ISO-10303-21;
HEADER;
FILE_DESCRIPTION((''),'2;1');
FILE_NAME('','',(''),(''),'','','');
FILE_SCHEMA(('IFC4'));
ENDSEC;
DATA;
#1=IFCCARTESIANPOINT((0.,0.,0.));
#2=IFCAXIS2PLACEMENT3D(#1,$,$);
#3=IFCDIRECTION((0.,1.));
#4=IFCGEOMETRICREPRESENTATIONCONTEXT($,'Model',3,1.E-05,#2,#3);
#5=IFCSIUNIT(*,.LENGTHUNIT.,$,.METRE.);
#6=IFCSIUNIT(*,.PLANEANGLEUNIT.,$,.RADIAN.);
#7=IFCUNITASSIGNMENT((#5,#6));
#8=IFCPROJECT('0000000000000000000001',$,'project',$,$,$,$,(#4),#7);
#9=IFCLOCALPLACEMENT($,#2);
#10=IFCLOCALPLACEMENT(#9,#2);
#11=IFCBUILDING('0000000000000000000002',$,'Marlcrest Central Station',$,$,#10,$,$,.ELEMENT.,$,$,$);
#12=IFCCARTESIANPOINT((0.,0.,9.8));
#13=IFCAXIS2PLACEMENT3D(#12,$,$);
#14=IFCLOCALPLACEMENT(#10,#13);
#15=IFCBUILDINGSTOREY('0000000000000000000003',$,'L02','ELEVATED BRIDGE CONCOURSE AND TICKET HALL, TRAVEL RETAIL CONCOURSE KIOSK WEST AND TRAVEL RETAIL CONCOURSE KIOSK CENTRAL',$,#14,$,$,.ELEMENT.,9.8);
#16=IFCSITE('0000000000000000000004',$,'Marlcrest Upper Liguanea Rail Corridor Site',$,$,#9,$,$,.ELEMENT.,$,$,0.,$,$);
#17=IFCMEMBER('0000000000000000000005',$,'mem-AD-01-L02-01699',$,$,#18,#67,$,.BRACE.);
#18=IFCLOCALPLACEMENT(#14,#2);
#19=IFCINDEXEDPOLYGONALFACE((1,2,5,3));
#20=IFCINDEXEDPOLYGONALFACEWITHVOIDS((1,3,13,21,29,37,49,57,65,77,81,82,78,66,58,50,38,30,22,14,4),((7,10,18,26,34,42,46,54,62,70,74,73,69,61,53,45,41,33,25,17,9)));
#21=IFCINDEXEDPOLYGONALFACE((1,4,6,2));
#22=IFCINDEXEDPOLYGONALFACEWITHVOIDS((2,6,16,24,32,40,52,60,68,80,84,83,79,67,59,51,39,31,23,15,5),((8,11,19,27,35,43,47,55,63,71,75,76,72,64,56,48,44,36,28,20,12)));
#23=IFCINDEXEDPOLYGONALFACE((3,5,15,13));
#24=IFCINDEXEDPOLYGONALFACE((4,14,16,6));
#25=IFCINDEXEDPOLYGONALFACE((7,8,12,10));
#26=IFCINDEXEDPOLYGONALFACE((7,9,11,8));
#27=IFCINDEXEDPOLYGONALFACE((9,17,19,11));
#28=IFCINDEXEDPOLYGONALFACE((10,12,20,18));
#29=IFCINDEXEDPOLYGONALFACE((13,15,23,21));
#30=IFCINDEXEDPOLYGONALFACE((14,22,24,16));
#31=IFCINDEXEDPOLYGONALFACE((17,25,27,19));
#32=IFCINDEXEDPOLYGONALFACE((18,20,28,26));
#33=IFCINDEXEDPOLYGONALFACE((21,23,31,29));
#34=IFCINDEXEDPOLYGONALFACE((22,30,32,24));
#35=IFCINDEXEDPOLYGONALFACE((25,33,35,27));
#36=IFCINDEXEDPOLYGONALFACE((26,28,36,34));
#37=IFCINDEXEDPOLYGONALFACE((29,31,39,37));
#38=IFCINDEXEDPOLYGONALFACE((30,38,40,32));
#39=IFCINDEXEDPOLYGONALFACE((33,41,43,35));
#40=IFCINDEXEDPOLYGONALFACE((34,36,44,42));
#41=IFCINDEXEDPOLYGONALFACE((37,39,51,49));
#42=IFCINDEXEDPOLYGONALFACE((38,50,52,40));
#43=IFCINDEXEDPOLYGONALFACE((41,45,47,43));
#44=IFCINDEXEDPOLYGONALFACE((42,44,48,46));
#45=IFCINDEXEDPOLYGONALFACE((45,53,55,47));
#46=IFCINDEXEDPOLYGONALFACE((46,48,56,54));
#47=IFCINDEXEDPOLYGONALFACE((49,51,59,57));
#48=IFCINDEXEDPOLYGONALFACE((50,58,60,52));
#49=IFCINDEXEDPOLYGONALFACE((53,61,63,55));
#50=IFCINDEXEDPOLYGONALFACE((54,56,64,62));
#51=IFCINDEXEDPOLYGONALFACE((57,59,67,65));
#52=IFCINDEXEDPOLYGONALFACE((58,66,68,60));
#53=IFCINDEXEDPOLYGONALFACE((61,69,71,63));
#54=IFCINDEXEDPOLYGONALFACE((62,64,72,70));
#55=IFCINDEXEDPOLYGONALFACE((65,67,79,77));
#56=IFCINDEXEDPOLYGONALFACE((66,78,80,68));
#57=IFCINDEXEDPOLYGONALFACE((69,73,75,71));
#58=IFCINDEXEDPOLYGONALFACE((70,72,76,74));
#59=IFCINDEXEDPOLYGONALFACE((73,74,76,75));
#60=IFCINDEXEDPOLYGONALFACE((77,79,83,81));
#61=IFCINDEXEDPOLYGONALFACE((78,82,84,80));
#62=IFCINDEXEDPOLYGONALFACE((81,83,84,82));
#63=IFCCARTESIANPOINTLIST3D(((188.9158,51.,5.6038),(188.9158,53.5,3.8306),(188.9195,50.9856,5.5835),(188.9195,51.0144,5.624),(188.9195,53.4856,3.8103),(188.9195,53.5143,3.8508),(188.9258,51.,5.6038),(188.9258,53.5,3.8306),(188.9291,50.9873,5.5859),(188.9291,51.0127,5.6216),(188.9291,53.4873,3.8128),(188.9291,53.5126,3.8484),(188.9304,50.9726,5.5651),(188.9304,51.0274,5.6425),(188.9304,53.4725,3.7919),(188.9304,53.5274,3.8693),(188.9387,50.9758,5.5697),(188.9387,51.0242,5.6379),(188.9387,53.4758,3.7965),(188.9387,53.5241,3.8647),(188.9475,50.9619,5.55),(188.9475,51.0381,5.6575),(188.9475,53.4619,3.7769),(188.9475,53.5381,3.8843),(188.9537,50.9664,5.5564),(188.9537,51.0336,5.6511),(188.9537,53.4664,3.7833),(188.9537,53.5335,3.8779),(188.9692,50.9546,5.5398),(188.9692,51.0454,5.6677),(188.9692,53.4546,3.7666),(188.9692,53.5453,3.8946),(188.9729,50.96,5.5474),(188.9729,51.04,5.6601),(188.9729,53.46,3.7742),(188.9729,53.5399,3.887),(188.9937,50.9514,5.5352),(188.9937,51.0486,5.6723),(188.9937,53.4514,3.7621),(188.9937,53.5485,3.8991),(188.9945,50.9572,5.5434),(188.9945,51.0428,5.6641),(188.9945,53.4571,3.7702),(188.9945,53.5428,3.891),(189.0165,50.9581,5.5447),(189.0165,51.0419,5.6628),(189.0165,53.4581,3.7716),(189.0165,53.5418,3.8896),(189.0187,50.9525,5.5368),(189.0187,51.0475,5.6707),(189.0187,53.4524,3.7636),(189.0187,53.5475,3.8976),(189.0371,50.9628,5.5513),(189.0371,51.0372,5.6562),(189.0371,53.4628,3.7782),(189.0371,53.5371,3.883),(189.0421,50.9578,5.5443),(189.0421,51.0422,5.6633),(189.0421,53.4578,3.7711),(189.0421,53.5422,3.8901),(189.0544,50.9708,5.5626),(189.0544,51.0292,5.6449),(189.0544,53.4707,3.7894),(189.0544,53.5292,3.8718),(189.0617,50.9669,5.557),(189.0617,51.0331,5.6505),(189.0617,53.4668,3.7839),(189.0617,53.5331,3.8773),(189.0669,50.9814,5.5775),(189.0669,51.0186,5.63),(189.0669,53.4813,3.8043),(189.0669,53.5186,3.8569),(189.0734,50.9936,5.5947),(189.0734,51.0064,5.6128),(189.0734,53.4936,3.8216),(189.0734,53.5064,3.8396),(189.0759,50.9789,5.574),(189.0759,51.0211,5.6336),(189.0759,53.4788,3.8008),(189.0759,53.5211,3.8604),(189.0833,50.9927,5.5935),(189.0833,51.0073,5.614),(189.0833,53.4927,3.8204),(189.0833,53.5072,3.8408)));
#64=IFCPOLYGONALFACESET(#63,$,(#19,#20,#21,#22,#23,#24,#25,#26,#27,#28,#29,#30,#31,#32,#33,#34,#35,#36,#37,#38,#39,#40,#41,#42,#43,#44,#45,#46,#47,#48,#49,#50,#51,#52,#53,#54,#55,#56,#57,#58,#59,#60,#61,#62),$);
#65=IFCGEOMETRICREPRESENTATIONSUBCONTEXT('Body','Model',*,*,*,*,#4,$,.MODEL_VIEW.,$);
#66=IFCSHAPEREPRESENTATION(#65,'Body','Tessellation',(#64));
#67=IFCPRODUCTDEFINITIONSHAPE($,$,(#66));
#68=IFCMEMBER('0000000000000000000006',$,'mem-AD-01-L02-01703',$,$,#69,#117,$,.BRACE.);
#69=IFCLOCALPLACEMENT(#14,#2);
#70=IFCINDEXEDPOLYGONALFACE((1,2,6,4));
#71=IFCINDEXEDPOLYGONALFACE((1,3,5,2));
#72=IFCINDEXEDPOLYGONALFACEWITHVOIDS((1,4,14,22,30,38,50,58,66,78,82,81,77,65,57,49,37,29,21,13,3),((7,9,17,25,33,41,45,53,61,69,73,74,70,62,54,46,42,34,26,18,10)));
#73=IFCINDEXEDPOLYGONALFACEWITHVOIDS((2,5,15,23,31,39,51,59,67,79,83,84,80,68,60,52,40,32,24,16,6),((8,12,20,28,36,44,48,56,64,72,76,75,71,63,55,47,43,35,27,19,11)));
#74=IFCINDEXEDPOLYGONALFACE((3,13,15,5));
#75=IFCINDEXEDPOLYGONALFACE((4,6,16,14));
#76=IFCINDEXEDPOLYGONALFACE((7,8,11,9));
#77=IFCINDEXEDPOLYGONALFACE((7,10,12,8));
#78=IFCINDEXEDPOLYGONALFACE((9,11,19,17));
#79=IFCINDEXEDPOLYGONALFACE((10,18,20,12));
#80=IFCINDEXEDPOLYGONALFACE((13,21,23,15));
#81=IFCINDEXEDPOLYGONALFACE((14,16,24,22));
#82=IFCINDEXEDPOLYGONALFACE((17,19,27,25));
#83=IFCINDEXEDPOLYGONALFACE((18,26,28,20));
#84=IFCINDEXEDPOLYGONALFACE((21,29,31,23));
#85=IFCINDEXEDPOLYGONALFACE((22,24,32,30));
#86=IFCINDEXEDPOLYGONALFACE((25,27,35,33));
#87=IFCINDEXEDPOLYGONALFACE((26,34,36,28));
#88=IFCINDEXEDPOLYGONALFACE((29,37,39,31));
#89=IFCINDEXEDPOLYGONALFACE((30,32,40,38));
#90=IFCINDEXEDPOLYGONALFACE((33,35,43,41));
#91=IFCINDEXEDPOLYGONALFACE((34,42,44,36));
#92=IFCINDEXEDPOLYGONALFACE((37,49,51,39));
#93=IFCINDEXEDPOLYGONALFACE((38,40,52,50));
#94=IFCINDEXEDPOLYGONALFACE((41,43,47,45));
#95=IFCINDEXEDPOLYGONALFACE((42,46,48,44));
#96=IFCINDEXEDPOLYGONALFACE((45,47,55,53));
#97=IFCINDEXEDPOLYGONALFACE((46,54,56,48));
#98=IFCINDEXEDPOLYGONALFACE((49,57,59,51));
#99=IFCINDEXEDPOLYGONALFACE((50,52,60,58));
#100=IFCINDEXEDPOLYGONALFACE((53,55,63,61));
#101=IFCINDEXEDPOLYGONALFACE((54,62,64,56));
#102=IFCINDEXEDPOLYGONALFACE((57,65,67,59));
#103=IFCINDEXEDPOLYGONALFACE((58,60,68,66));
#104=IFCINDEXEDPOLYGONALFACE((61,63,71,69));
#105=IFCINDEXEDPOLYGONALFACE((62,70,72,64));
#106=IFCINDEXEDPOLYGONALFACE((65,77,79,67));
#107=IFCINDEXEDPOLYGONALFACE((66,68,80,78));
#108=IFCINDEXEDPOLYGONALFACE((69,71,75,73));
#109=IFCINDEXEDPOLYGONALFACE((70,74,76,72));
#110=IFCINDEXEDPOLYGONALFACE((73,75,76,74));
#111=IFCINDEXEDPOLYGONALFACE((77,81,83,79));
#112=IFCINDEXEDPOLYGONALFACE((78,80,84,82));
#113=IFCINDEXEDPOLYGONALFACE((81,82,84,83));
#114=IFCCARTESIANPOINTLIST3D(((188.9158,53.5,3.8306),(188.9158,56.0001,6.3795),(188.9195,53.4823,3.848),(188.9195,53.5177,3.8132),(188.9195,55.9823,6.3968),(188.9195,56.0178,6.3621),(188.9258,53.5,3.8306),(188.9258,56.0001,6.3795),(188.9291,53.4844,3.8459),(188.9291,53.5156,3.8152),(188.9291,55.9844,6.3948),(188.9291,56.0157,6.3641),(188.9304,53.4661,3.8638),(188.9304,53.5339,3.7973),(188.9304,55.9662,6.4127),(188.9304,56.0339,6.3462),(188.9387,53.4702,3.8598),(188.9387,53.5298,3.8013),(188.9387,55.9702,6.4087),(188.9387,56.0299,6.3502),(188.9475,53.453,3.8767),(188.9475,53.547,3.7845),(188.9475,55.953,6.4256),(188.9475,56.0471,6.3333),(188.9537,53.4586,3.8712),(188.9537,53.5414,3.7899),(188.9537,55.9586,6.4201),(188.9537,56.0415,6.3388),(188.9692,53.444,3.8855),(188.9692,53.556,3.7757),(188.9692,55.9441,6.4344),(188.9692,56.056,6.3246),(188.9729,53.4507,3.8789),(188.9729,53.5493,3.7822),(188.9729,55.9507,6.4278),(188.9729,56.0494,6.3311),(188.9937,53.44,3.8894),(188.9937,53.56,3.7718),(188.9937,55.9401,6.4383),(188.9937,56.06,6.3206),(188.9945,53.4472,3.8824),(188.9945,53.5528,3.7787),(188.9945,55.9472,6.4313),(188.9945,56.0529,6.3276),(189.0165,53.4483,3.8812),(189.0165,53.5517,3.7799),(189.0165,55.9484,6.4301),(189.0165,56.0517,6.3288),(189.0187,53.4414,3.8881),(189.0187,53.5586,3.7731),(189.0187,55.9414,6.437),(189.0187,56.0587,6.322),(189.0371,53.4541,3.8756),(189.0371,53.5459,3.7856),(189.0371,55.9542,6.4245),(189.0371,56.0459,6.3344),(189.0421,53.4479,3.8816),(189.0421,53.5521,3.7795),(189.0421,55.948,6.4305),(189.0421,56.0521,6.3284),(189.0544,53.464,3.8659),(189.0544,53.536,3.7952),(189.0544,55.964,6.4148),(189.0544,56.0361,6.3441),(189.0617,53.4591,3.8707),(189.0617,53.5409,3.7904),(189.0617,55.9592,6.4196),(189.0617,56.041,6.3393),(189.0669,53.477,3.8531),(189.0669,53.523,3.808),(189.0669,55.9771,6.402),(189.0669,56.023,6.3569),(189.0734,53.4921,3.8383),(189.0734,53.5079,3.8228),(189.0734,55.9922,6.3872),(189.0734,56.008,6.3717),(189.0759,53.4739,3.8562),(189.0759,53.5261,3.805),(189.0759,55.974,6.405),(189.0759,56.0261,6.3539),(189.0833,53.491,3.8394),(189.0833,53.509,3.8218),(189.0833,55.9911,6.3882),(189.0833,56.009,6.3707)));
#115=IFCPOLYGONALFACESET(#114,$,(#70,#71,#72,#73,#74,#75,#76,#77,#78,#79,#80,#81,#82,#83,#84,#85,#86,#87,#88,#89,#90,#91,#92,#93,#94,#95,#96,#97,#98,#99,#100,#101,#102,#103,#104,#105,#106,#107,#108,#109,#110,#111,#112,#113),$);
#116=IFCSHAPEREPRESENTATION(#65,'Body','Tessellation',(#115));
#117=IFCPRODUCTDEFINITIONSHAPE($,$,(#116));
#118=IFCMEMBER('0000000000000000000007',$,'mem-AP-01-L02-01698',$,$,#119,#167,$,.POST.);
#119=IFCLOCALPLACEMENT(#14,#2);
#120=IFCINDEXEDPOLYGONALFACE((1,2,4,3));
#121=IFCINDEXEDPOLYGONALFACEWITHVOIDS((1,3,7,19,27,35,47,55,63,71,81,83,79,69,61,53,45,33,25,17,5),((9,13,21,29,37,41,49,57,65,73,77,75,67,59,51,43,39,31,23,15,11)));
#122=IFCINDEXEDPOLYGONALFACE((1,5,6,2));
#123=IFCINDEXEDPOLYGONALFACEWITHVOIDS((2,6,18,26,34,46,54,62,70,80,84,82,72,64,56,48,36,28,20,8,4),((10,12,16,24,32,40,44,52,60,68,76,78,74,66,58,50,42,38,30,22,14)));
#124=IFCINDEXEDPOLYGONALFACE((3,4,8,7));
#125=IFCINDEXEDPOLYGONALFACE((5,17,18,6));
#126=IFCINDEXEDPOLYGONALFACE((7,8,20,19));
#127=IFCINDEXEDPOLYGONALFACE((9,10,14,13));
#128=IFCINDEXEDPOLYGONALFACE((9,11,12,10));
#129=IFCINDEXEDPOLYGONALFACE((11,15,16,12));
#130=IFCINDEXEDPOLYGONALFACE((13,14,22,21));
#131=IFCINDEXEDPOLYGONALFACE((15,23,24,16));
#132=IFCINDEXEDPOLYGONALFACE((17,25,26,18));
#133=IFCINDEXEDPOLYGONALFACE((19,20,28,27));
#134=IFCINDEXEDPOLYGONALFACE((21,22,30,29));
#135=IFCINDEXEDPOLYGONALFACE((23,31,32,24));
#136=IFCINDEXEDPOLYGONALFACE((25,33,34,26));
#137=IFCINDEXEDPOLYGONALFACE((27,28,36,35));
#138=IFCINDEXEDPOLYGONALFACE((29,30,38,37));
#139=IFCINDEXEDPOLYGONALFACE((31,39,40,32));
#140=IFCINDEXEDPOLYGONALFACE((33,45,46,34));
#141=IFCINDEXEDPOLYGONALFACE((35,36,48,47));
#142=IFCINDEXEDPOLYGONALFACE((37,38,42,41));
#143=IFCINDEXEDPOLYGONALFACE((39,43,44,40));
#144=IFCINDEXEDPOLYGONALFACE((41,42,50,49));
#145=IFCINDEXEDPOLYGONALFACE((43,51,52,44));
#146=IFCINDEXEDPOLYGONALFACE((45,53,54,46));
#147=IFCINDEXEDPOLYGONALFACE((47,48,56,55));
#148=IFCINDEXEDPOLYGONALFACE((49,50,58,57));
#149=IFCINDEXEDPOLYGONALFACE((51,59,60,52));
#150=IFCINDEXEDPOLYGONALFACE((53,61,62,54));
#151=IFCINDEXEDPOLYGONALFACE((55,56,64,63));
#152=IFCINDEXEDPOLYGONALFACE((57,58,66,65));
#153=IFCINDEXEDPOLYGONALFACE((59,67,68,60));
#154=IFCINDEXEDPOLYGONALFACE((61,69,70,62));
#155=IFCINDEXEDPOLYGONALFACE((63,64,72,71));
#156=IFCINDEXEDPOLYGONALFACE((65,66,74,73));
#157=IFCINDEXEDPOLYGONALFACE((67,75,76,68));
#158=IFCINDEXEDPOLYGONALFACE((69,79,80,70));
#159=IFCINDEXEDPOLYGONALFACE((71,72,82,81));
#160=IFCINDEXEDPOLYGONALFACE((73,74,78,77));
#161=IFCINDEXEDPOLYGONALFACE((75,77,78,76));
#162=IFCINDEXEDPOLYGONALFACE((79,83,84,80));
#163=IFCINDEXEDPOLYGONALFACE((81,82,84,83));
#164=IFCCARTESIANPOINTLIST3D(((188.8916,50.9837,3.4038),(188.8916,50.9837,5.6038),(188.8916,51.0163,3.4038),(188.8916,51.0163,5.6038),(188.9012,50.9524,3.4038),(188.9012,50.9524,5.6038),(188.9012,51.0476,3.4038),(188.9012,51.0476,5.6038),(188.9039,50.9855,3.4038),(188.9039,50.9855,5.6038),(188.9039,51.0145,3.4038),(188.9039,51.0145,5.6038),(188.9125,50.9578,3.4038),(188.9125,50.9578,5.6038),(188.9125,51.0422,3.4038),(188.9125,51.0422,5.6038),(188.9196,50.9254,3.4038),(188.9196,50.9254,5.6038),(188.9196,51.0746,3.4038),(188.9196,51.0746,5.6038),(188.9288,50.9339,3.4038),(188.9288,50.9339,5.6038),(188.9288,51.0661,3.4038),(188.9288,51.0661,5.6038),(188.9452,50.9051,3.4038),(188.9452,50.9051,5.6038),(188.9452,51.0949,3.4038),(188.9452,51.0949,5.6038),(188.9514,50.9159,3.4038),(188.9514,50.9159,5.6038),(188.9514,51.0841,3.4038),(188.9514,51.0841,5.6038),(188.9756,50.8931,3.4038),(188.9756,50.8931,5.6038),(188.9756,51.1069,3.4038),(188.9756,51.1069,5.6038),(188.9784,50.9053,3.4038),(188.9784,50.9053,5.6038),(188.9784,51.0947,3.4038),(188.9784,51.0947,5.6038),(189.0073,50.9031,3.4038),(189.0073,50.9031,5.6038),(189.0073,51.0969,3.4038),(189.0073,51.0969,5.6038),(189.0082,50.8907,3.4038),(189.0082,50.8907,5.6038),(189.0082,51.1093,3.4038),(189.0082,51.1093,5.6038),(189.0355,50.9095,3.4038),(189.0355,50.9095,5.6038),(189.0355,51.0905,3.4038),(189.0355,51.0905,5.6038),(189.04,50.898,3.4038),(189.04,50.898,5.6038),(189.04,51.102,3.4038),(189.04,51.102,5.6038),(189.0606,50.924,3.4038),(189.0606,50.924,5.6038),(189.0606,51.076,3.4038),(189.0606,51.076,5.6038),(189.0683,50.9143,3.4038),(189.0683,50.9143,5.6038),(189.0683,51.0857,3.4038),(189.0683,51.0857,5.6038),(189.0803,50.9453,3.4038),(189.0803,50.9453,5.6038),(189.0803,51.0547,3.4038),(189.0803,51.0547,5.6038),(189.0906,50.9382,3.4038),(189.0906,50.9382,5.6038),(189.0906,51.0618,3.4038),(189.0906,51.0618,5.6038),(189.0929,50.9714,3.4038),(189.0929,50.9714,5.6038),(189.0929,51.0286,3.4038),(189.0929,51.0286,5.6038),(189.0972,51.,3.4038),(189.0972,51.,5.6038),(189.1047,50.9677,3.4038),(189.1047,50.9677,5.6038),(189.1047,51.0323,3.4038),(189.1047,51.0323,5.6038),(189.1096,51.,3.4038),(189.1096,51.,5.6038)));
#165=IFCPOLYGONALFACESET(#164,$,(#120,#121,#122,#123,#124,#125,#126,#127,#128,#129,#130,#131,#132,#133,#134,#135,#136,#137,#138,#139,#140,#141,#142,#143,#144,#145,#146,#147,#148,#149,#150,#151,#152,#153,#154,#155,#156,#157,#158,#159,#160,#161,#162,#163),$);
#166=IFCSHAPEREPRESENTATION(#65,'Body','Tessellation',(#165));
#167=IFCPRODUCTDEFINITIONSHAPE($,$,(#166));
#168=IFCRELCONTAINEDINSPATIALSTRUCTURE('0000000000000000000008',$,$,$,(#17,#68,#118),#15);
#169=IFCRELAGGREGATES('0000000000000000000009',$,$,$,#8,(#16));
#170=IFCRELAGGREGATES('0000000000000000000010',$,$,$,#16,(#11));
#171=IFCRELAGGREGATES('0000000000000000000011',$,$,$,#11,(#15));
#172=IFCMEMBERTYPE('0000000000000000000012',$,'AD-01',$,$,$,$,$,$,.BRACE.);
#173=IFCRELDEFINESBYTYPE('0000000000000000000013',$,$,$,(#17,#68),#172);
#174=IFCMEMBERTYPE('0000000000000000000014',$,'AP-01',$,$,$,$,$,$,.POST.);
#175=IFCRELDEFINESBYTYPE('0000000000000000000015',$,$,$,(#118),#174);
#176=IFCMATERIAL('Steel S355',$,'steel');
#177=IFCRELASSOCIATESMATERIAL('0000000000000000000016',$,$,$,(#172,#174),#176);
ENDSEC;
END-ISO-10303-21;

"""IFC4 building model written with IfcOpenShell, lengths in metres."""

from ifc_helpers import new_model, si_unit, direction, frame, origin, origin_2d, place, context, subcontext, project, spatial, hollow_circle, extrude, material, material_profile, profile_set, type_object, element, save


model = new_model("IFC4")

# Units and contexts
model_context = context("Model", 3, precision=1e-05, world=origin(), true_north=direction((0.0, 1.0)))
body_context = subcontext(model_context, "Body", "Model", "MODEL_VIEW")
ifc_project = project(units=[si_unit("LENGTHUNIT", "METRE"), si_unit("PLANEANGLEUNIT", "RADIAN")], contexts=[model_context])

# Site, building, storey
site_placement = place(None, origin())
site = spatial("IfcSite", under=ifc_project, at=site_placement, Name="Marlcrest Upper Liguanea Rail Corridor Site", CompositionType="ELEMENT", RefElevation=0.0)
building_placement = place(site_placement, origin())
building = spatial("IfcBuilding", under=site, at=building_placement, Name="Marlcrest Central Station", CompositionType="ELEMENT")
storey_placement = place(building_placement, frame((0.0, 0.0, 9.8)))
storey = spatial("IfcBuildingStorey", under=building, at=storey_placement, Name="L02", Description="ELEVATED BRIDGE CONCOURSE AND TICKET HALL, TRAVEL RETAIL CONCOURSE KIOSK WEST AND TRAVEL RETAIL CONCOURSE KIOSK CENTRAL", CompositionType="ELEMENT", Elevation=9.8)

# Members
ifc_material = material(Name="Steel S355", Category="steel")
ifc_material_profile_1 = material_profile(ifc_material, hollow_circle(Radius=0.0842, WallThickness=0.01, at=origin_2d()), Name="CHS 168.3x10")
ifc_profile_set_1 = profile_set([ifc_material_profile_1], Name="Steel S355")
member_type_1 = type_object("IfcMemberType", Name="AD-01", PredefinedType="BRACE", material=ifc_profile_set_1)
member_1_placement = place(storey_placement, frame((189.0, 51.0, 5.6038), z_axis=(0.0, 0.815661, -0.57853), x_axis=(-1.0, 0.0, 0.0)))
element("IfcMember", 1, at=member_1_placement, inside=storey, type_object=member_type_1, Name="mem-AD-01-L02-01699", PredefinedType="BRACE", context=body_context, shape_type="SweptSolid", body=[
    extrude(hollow_circle(Radius=0.0842, WallThickness=0.01, at=origin_2d()), origin(), (0.0, 0.0, 1.0), 3.0649),
])
member_2_placement = place(storey_placement, frame((189.0, 53.5, 3.8306), z_axis=(0.0, 0.700235, 0.713912), x_axis=(-1.0, 0.0, 0.0)))
element("IfcMember", 2, at=member_2_placement, inside=storey, type_object=member_type_1, Name="mem-AD-01-L02-01703", PredefinedType="BRACE", context=body_context, shape_type="SweptSolid", body=[
    extrude(hollow_circle(Radius=0.0842, WallThickness=0.01, at=origin_2d()), origin(), (0.0, 0.0, 1.0), 3.5703),
])
ifc_material_profile_2 = material_profile(ifc_material, hollow_circle(Radius=0.1096, WallThickness=0.0125, at=origin_2d()), Name="CHS 219.1x12.5")
ifc_profile_set_2 = profile_set([ifc_material_profile_2], Name="Steel S355")
member_type_2 = type_object("IfcMemberType", Name="AP-01", PredefinedType="POST", material=ifc_profile_set_2)
for number, where, z_axis, x_axis, name in (
    (3, (189.0, 51.0, 3.4038), (0.0, 0.0, 1.0), (1.0, 0.0, 0.0), "mem-AP-01-L02-01698"),
):
    element("IfcMember", number, at=place(storey_placement, frame(where, z_axis=z_axis, x_axis=x_axis)), inside=storey, type_object=member_type_2, Name=name, PredefinedType="POST", context=body_context, shape_type="SweptSolid", body=[
        extrude(hollow_circle(Radius=0.1096, WallThickness=0.0125, at=origin_2d()), origin(), (0.0, 0.0, 1.0), 2.2),
    ])

save(model, "model.ifc")
